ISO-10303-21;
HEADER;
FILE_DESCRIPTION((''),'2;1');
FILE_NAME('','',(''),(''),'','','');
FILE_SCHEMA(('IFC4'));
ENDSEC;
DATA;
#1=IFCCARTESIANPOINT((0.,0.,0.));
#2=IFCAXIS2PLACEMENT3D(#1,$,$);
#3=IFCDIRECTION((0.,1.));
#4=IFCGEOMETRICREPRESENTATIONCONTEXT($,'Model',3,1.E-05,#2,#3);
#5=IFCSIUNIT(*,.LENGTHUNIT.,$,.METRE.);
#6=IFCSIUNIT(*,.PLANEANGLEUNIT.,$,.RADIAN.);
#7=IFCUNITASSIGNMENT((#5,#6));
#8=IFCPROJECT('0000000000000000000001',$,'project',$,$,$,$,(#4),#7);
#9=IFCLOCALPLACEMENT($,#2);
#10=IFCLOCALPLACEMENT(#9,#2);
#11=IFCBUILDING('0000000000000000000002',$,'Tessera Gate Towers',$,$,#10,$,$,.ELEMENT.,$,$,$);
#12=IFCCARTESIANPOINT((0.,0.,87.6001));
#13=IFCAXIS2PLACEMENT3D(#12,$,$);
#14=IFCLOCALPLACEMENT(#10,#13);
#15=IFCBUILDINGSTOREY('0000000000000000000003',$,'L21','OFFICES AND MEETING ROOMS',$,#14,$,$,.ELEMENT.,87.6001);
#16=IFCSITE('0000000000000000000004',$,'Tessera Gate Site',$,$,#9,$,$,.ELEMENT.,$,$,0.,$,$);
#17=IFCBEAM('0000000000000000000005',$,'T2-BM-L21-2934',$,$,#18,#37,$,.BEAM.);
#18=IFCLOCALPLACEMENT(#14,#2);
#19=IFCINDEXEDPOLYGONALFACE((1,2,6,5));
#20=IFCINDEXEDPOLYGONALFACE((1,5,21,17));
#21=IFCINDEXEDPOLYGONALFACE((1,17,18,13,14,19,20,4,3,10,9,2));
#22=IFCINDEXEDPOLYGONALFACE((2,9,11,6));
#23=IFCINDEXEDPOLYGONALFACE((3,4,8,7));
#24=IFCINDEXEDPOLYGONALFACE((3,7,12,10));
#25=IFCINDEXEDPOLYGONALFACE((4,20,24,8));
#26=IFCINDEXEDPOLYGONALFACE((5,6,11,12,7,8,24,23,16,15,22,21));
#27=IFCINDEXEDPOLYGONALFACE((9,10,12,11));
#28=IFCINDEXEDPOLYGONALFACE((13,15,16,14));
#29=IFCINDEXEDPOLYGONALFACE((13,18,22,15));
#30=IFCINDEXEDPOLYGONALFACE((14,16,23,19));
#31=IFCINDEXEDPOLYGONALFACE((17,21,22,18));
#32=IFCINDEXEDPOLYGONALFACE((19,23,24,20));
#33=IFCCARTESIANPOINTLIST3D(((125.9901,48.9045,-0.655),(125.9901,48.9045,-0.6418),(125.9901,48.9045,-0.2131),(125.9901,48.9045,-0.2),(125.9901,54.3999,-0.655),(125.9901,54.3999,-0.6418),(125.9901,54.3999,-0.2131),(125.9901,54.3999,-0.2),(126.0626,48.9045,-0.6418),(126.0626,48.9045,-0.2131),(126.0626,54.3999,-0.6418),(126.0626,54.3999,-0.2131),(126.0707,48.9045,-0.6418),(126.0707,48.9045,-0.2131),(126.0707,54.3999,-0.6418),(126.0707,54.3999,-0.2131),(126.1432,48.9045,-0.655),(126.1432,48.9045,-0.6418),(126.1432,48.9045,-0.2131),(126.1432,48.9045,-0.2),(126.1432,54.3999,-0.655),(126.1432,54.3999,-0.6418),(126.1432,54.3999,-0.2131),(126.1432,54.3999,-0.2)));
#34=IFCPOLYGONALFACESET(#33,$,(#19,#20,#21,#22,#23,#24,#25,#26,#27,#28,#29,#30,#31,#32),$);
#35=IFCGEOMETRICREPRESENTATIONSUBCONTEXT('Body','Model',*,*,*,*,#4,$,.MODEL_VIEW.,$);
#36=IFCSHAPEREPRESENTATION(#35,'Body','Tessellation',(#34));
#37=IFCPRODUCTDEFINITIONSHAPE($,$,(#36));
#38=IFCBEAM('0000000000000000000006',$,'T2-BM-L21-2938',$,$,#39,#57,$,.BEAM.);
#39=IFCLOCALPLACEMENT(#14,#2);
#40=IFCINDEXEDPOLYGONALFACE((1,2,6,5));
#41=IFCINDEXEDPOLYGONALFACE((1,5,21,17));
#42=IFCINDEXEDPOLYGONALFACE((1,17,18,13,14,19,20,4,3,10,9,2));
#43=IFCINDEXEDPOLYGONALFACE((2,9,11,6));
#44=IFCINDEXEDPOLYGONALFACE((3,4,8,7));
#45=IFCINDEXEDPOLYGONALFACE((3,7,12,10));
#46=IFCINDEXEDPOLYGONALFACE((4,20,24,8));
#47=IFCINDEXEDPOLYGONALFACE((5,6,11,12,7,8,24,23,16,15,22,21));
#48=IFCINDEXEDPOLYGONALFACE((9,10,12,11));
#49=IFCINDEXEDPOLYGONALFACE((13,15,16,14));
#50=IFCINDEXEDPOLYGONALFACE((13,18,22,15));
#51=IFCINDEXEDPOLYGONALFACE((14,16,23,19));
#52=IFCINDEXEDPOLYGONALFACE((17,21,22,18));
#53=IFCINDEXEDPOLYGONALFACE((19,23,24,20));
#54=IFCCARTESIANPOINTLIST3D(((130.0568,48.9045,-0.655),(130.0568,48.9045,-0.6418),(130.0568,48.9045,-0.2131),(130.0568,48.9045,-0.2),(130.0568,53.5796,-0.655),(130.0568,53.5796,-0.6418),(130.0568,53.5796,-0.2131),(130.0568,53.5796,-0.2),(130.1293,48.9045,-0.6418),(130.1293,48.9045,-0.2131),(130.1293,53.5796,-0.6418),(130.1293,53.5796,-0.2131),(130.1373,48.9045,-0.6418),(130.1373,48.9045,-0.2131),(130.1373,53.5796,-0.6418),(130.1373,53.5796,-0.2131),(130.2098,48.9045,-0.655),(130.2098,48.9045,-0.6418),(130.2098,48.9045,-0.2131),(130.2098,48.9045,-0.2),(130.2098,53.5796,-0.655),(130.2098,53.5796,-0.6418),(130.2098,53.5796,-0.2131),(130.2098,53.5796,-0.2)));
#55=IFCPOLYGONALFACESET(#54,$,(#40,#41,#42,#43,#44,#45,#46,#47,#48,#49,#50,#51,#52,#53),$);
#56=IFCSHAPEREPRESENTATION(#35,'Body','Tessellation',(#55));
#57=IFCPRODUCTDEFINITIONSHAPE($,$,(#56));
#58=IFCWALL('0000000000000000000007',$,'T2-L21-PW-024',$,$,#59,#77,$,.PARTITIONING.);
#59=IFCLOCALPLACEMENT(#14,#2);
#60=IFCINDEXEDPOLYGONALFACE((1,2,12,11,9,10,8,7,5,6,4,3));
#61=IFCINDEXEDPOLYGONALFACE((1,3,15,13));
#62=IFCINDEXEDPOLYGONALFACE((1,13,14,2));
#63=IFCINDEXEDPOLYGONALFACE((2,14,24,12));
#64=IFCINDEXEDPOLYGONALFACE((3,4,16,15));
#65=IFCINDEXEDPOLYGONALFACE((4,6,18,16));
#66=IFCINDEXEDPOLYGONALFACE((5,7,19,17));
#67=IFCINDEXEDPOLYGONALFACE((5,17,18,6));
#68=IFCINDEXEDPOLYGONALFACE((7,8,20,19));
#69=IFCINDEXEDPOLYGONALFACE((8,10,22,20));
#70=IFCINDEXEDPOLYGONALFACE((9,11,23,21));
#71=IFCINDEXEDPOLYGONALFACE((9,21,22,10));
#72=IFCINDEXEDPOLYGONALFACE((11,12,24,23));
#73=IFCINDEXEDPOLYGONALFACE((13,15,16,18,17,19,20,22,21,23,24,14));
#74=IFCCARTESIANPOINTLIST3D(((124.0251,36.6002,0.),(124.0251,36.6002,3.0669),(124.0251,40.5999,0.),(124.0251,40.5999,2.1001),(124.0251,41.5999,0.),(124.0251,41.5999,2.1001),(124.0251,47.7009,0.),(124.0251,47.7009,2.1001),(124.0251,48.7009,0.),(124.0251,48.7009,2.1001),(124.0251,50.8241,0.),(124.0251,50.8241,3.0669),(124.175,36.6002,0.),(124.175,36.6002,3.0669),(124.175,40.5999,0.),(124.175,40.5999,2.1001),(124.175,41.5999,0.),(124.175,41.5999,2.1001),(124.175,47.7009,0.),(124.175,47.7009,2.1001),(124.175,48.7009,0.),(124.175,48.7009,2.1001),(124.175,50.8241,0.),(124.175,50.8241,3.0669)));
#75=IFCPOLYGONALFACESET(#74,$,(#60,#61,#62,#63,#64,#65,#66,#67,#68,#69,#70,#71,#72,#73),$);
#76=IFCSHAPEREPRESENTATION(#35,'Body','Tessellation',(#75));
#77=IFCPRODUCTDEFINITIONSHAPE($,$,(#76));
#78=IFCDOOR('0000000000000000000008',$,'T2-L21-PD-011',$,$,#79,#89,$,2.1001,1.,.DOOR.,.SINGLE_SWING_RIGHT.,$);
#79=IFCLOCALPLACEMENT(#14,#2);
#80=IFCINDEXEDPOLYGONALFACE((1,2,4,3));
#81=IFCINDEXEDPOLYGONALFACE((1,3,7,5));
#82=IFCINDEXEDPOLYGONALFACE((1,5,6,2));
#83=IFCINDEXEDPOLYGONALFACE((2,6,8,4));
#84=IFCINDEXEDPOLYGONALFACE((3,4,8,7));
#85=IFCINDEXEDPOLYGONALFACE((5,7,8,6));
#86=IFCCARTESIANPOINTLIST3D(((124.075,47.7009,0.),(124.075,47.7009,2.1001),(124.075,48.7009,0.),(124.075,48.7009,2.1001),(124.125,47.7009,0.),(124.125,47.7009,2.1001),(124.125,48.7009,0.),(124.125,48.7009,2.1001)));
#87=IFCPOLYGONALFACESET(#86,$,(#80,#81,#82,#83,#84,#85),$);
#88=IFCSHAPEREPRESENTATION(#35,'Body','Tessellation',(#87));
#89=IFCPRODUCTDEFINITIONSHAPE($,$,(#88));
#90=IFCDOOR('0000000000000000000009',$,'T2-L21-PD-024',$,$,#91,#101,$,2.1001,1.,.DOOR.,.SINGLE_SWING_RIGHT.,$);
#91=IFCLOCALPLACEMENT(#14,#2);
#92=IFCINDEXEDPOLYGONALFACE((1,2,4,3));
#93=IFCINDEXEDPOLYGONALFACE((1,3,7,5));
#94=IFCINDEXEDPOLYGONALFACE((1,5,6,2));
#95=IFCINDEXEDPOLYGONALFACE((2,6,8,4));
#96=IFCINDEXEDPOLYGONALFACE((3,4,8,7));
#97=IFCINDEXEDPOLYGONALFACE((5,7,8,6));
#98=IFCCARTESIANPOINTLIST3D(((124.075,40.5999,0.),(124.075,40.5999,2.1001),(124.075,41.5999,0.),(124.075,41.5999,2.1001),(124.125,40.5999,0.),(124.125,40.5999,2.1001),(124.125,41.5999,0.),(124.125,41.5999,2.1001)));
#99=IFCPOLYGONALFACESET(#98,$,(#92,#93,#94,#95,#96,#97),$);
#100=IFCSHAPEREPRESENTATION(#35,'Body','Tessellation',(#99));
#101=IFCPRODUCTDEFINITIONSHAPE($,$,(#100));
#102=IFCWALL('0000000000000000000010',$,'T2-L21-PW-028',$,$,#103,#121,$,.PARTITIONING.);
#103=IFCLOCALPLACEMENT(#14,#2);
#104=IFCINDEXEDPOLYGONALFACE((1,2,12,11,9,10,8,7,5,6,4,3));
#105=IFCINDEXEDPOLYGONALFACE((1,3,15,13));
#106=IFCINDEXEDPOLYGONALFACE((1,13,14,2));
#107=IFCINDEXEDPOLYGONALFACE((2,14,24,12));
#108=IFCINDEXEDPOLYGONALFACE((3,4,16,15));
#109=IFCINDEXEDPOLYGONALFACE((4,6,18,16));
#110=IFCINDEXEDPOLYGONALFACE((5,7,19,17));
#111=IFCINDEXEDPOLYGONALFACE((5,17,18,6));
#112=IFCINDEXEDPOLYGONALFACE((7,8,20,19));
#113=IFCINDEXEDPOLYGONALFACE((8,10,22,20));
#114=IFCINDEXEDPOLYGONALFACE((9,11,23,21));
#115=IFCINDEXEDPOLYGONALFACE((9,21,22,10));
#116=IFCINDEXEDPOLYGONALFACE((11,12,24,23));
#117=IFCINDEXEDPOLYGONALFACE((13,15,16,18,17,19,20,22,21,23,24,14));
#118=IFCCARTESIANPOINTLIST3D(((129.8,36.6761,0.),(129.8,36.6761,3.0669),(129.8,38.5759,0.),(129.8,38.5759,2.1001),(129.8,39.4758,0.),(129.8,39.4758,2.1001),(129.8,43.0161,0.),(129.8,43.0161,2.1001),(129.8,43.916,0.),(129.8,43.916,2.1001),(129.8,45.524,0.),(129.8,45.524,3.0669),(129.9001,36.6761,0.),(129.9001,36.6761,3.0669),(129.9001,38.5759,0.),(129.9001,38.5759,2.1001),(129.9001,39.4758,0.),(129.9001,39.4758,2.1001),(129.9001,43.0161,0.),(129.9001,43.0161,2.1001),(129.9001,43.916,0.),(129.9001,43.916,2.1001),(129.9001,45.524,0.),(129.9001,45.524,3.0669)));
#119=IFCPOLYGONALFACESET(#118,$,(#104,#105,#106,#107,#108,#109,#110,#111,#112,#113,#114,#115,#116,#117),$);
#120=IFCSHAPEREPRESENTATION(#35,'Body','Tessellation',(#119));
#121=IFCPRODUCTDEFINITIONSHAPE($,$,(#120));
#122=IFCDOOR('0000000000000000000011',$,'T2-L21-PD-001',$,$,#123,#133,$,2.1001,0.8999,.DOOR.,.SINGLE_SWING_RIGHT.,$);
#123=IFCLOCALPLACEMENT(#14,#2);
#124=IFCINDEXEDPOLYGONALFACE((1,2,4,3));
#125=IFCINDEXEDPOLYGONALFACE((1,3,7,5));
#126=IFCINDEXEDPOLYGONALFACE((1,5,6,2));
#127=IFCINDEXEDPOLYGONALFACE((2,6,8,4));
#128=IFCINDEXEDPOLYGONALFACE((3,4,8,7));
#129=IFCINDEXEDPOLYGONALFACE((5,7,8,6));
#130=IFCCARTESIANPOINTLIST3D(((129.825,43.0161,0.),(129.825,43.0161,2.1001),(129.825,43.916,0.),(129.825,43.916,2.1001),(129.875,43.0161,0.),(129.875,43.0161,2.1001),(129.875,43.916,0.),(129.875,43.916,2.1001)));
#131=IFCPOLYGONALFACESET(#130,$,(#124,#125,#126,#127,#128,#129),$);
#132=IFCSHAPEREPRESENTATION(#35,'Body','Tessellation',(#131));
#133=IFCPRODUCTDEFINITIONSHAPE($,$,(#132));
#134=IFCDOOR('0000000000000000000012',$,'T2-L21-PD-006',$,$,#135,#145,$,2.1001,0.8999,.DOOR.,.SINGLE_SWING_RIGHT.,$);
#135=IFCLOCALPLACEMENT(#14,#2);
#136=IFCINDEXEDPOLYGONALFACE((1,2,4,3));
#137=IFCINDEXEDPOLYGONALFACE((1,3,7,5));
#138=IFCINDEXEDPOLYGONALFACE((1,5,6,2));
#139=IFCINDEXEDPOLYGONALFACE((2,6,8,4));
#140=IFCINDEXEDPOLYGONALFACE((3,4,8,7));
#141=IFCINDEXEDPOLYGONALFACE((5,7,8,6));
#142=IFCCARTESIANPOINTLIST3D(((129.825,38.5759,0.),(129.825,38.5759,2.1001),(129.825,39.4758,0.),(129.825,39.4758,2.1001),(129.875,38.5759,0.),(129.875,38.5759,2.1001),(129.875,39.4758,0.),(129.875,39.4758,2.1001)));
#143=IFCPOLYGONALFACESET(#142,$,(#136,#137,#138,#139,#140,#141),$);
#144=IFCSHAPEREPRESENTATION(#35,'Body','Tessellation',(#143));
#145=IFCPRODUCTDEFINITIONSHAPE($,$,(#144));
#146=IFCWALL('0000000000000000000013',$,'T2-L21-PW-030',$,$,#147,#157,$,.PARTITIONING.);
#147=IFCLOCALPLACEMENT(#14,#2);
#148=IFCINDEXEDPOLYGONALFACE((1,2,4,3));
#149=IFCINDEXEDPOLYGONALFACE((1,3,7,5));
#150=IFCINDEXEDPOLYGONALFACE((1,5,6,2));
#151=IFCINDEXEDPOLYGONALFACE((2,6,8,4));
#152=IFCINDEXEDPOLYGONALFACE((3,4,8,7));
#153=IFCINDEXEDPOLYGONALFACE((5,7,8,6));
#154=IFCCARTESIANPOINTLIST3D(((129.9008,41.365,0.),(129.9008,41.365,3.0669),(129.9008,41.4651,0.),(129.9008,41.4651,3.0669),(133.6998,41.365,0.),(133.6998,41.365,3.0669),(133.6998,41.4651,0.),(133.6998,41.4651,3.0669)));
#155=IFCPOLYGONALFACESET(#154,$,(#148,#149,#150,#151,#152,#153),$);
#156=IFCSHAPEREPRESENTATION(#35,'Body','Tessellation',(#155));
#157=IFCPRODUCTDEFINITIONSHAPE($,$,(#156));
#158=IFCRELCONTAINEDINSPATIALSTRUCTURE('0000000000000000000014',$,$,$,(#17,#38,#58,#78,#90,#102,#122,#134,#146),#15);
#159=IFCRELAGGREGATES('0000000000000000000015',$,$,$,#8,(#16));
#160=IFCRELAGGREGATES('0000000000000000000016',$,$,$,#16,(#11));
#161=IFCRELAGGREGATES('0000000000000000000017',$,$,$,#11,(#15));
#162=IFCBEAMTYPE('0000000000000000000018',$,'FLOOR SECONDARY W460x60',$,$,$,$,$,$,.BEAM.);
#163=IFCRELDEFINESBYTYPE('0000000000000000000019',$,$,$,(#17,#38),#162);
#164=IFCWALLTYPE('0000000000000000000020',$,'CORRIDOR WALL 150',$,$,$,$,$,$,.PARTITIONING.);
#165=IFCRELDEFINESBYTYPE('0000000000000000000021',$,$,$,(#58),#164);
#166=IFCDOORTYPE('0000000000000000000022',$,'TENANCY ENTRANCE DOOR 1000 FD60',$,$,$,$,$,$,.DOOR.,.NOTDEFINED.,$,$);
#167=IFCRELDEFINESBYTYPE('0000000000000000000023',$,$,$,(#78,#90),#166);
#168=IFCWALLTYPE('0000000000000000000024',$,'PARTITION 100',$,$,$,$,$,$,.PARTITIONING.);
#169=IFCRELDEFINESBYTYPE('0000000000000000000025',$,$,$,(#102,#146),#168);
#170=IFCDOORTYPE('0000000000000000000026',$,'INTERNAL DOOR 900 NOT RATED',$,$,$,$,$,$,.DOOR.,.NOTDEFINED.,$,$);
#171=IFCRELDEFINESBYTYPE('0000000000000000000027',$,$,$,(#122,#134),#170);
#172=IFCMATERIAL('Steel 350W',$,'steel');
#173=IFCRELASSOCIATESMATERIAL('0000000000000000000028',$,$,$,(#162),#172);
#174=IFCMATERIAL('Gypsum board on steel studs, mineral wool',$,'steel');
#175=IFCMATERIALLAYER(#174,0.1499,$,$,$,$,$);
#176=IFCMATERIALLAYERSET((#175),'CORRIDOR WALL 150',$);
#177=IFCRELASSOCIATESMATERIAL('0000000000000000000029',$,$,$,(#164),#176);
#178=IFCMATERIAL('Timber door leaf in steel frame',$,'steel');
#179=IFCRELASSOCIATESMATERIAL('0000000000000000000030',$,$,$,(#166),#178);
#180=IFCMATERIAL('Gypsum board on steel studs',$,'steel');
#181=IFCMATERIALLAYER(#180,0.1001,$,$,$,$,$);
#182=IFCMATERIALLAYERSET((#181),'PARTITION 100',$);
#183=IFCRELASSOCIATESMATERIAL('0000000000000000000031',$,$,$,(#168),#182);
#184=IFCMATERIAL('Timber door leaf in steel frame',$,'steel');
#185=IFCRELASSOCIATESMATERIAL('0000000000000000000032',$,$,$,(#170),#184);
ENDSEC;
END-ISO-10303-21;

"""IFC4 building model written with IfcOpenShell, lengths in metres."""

from ifc_helpers import new_model, si_unit, direction, frame, frame_2d, origin, origin_2d, place, context, subcontext, project, spatial, rectangle, i_section, extrude, source, transform, mapped, material, layer, layer_set, material_profile, profile_set, type_object, element, fill, save


model = new_model("IFC4")

# Units and contexts
model_context = context("Model", 3, precision=1e-05, world=origin(), true_north=direction((0.0, 1.0)))
body_context = subcontext(model_context, "Body", "Model", "MODEL_VIEW")
ifc_project = project(units=[si_unit("LENGTHUNIT", "METRE"), si_unit("PLANEANGLEUNIT", "RADIAN")], contexts=[model_context])

# Site, building, storey
site_placement = place(None, origin())
site = spatial("IfcSite", under=ifc_project, at=site_placement, Name="Tessera Gate Site", CompositionType="ELEMENT", RefElevation=0.0)
building_placement = place(site_placement, origin())
building = spatial("IfcBuilding", under=site, at=building_placement, Name="Tessera Gate Towers", CompositionType="ELEMENT")
storey_placement = place(building_placement, frame((0.0, 0.0, 87.6001)))
storey = spatial("IfcBuildingStorey", under=building, at=storey_placement, Name="L21", Description="OFFICES AND MEETING ROOMS", CompositionType="ELEMENT", Elevation=87.6001)

# Beams
ifc_material_1 = material(Name="Steel 350W", Category="steel")
ifc_material_profile = material_profile(ifc_material_1, i_section(OverallWidth=0.1531, OverallDepth=0.4551, WebThickness=0.0081, FlangeThickness=0.0132, at=origin_2d()), Name="W460x60")
ifc_profile_set = profile_set([ifc_material_profile], Name="Steel 350W")
beam_type = type_object("IfcBeamType", Name="FLOOR SECONDARY W460x60", PredefinedType="BEAM", material=ifc_profile_set)
beam_1_placement = place(storey_placement, frame((126.0667, 48.9045, -0.4275), z_axis=(0.0, 1.0, 0.0), x_axis=(-1.0, 0.0, 0.0)))
element("IfcBeam", 1, at=beam_1_placement, inside=storey, type_object=beam_type, Name="T2-BM-L21-2934", PredefinedType="BEAM", context=body_context, shape_type="SweptSolid", body=[
    extrude(i_section(OverallWidth=0.1531, OverallDepth=0.4551, WebThickness=0.0081, FlangeThickness=0.0132, at=origin_2d()), origin(), (0.0, 0.0, 1.0), 5.4954),
])
beam_2_placement = place(storey_placement, frame((130.1333, 48.9045, -0.4275), z_axis=(0.0, 1.0, 0.0), x_axis=(-1.0, 0.0, 0.0)))
element("IfcBeam", 2, at=beam_2_placement, inside=storey, type_object=beam_type, Name="T2-BM-L21-2938", PredefinedType="BEAM", context=body_context, shape_type="SweptSolid", body=[
    extrude(i_section(OverallWidth=0.1531, OverallDepth=0.4551, WebThickness=0.0081, FlangeThickness=0.0132, at=origin_2d()), origin(), (0.0, 0.0, 1.0), 4.675),
])

# Walls, openings, doors
ifc_material_2 = material(Name="Gypsum board on steel studs, mineral wool", Category="steel")
ifc_layer_1 = layer(ifc_material_2, 0.1499)
ifc_layer_set_1 = layer_set([ifc_layer_1], Name="CORRIDOR WALL 150")
wall_type_1 = type_object("IfcWallType", Name="CORRIDOR WALL 150", PredefinedType="PARTITIONING", material=ifc_layer_set_1)
wall_1_placement = place(storey_placement, frame((124.1001, 50.824, 0.0), z_axis=(0.0, 0.0, 1.0), x_axis=(0.0, -1.0, 0.0)))
wall_1 = element("IfcWall", 3, at=wall_1_placement, inside=storey, type_object=wall_type_1, Name="T2-L21-PW-024", PredefinedType="PARTITIONING", context=body_context, shape_type="SweptSolid", body=[
    extrude(rectangle(XDim=14.2239, YDim=0.1499, at=frame_2d((7.1118, 0.0))), origin(), (0.0, 0.0, 1.0), 3.0669),
])
shared_shape_1 = source(origin(), body_context, "Body", "SweptSolid", [
    extrude(rectangle(XDim=1.0, YDim=2.1001, at=frame_2d((0.5, 1.05))), frame((0.0, 0.085, 0.0), z_axis=(0.0, -1.0, 0.0), x_axis=(1.0, 0.0, 0.0)), (0.0, 0.0, 1.0), 0.1699),
])
opening_1_placement = place(wall_1_placement, frame((2.123, 0.0, 0.0)))
opening_1 = element("IfcOpeningElement", 4, at=opening_1_placement, cuts=wall_1, PredefinedType="OPENING", context=body_context, shape_type="MappedRepresentation", body=[
    mapped(shared_shape_1, transform((0.0, 0.0, 0.0), scale=1.0)),
])
opening_2_placement = place(wall_1_placement, frame((9.2241, 0.0, 0.0)))
opening_2 = element("IfcOpeningElement", 5, at=opening_2_placement, cuts=wall_1, PredefinedType="OPENING", context=body_context, shape_type="MappedRepresentation", body=[
    mapped(shared_shape_1, transform((0.0, 0.0, 0.0), scale=1.0)),
])
ifc_material_3 = material(Name="Timber door leaf in steel frame", Category="steel")
door_type_1 = type_object("IfcDoorType", Name="TENANCY ENTRANCE DOOR 1000 FD60", OperationType="NOTDEFINED", PredefinedType="DOOR", material=ifc_material_3)
shared_shape_2 = source(origin(), body_context, "Body", "SweptSolid", [
    extrude(rectangle(XDim=1.0, YDim=2.1001, at=frame_2d((0.5, 1.05))), frame((0.0, 0.0249, 0.0), z_axis=(0.0, -1.0, 0.0), x_axis=(1.0, 0.0, 0.0)), (0.0, 0.0, 1.0), 0.05),
])
door_1_placement = place(opening_1_placement, origin())
door_1 = element("IfcDoor", 6, at=door_1_placement, inside=storey, type_object=door_type_1, Name="T2-L21-PD-011", OperationType="SINGLE_SWING_RIGHT", OverallHeight=2.1001, OverallWidth=1.0, PredefinedType="DOOR", context=body_context, shape_type="MappedRepresentation", body=[
    mapped(shared_shape_2, transform((0.0, 0.0, 0.0), scale=1.0)),
])
fill(opening_1, door_1)
door_2_placement = place(opening_2_placement, origin())
door_2 = element("IfcDoor", 7, at=door_2_placement, inside=storey, type_object=door_type_1, Name="T2-L21-PD-024", OperationType="SINGLE_SWING_RIGHT", OverallHeight=2.1001, OverallWidth=1.0, PredefinedType="DOOR", context=body_context, shape_type="MappedRepresentation", body=[
    mapped(shared_shape_2, transform((0.0, 0.0, 0.0), scale=1.0)),
])
fill(opening_2, door_2)
ifc_material_4 = material(Name="Gypsum board on steel studs", Category="steel")
ifc_layer_2 = layer(ifc_material_4, 0.1001)
ifc_layer_set_2 = layer_set([ifc_layer_2], Name="PARTITION 100")
wall_type_2 = type_object("IfcWallType", Name="PARTITION 100", PredefinedType="PARTITIONING", material=ifc_layer_set_2)
wall_2_placement = place(storey_placement, frame((129.8501, 45.5239, 0.0), z_axis=(0.0, 0.0, 1.0), x_axis=(0.0, -1.0, 0.0)))
wall_2 = element("IfcWall", 8, at=wall_2_placement, inside=storey, type_object=wall_type_2, Name="T2-L21-PW-028", PredefinedType="PARTITIONING", context=body_context, shape_type="SweptSolid", body=[
    extrude(rectangle(XDim=8.8479, YDim=0.1001, at=frame_2d((4.4238, 0.0))), origin(), (0.0, 0.0, 1.0), 3.0669),
])
shared_shape_3 = source(origin(), body_context, "Body", "SweptSolid", [
    extrude(rectangle(XDim=0.8999, YDim=2.1001, at=frame_2d((0.45, 1.05))), frame((0.0, 0.0601, 0.0), z_axis=(0.0, -1.0, 0.0), x_axis=(1.0, 0.0, 0.0)), (0.0, 0.0, 1.0), 0.1201),
])
opening_3_placement = place(wall_2_placement, frame((1.6079, 0.0, 0.0)))
opening_3 = element("IfcOpeningElement", 9, at=opening_3_placement, cuts=wall_2, PredefinedType="OPENING", context=body_context, shape_type="MappedRepresentation", body=[
    mapped(shared_shape_3, transform((0.0, 0.0, 0.0), scale=1.0)),
])
opening_4_placement = place(wall_2_placement, frame((6.0481, 0.0, 0.0)))
opening_4 = element("IfcOpeningElement", 10, at=opening_4_placement, cuts=wall_2, PredefinedType="OPENING", context=body_context, shape_type="MappedRepresentation", body=[
    mapped(shared_shape_3, transform((0.0, 0.0, 0.0), scale=1.0)),
])
ifc_material_5 = material(Name="Timber door leaf in steel frame", Category="steel")
door_type_2 = type_object("IfcDoorType", Name="INTERNAL DOOR 900 NOT RATED", OperationType="NOTDEFINED", PredefinedType="DOOR", material=ifc_material_5)
shared_shape_4 = source(origin(), body_context, "Body", "SweptSolid", [
    extrude(rectangle(XDim=0.8999, YDim=2.1001, at=frame_2d((0.45, 1.05))), frame((0.0, 0.0249, 0.0), z_axis=(0.0, -1.0, 0.0), x_axis=(1.0, 0.0, 0.0)), (0.0, 0.0, 1.0), 0.05),
])
door_3_placement = place(opening_3_placement, origin())
door_3 = element("IfcDoor", 11, at=door_3_placement, inside=storey, type_object=door_type_2, Name="T2-L21-PD-001", OperationType="SINGLE_SWING_RIGHT", OverallHeight=2.1001, OverallWidth=0.8999, PredefinedType="DOOR", context=body_context, shape_type="MappedRepresentation", body=[
    mapped(shared_shape_4, transform((0.0, 0.0, 0.0), scale=1.0)),
])
fill(opening_3, door_3)
door_4_placement = place(opening_4_placement, origin())
door_4 = element("IfcDoor", 12, at=door_4_placement, inside=storey, type_object=door_type_2, Name="T2-L21-PD-006", OperationType="SINGLE_SWING_RIGHT", OverallHeight=2.1001, OverallWidth=0.8999, PredefinedType="DOOR", context=body_context, shape_type="MappedRepresentation", body=[
    mapped(shared_shape_4, transform((0.0, 0.0, 0.0), scale=1.0)),
])
fill(opening_4, door_4)

# Wall
wall_3_placement = place(storey_placement, frame((129.9009, 41.415, 0.0), z_axis=(0.0, 0.0, 1.0), x_axis=(1.0, 0.0, 0.0)))
element("IfcWall", 13, at=wall_3_placement, inside=storey, type_object=wall_type_2, Name="T2-L21-PW-030", PredefinedType="PARTITIONING", context=body_context, shape_type="SweptSolid", body=[
    extrude(rectangle(XDim=3.7991, YDim=0.1001, at=frame_2d((1.8994, 0.0))), origin(), (0.0, 0.0, 1.0), 3.0669),
])

save(model, "model.ifc")
